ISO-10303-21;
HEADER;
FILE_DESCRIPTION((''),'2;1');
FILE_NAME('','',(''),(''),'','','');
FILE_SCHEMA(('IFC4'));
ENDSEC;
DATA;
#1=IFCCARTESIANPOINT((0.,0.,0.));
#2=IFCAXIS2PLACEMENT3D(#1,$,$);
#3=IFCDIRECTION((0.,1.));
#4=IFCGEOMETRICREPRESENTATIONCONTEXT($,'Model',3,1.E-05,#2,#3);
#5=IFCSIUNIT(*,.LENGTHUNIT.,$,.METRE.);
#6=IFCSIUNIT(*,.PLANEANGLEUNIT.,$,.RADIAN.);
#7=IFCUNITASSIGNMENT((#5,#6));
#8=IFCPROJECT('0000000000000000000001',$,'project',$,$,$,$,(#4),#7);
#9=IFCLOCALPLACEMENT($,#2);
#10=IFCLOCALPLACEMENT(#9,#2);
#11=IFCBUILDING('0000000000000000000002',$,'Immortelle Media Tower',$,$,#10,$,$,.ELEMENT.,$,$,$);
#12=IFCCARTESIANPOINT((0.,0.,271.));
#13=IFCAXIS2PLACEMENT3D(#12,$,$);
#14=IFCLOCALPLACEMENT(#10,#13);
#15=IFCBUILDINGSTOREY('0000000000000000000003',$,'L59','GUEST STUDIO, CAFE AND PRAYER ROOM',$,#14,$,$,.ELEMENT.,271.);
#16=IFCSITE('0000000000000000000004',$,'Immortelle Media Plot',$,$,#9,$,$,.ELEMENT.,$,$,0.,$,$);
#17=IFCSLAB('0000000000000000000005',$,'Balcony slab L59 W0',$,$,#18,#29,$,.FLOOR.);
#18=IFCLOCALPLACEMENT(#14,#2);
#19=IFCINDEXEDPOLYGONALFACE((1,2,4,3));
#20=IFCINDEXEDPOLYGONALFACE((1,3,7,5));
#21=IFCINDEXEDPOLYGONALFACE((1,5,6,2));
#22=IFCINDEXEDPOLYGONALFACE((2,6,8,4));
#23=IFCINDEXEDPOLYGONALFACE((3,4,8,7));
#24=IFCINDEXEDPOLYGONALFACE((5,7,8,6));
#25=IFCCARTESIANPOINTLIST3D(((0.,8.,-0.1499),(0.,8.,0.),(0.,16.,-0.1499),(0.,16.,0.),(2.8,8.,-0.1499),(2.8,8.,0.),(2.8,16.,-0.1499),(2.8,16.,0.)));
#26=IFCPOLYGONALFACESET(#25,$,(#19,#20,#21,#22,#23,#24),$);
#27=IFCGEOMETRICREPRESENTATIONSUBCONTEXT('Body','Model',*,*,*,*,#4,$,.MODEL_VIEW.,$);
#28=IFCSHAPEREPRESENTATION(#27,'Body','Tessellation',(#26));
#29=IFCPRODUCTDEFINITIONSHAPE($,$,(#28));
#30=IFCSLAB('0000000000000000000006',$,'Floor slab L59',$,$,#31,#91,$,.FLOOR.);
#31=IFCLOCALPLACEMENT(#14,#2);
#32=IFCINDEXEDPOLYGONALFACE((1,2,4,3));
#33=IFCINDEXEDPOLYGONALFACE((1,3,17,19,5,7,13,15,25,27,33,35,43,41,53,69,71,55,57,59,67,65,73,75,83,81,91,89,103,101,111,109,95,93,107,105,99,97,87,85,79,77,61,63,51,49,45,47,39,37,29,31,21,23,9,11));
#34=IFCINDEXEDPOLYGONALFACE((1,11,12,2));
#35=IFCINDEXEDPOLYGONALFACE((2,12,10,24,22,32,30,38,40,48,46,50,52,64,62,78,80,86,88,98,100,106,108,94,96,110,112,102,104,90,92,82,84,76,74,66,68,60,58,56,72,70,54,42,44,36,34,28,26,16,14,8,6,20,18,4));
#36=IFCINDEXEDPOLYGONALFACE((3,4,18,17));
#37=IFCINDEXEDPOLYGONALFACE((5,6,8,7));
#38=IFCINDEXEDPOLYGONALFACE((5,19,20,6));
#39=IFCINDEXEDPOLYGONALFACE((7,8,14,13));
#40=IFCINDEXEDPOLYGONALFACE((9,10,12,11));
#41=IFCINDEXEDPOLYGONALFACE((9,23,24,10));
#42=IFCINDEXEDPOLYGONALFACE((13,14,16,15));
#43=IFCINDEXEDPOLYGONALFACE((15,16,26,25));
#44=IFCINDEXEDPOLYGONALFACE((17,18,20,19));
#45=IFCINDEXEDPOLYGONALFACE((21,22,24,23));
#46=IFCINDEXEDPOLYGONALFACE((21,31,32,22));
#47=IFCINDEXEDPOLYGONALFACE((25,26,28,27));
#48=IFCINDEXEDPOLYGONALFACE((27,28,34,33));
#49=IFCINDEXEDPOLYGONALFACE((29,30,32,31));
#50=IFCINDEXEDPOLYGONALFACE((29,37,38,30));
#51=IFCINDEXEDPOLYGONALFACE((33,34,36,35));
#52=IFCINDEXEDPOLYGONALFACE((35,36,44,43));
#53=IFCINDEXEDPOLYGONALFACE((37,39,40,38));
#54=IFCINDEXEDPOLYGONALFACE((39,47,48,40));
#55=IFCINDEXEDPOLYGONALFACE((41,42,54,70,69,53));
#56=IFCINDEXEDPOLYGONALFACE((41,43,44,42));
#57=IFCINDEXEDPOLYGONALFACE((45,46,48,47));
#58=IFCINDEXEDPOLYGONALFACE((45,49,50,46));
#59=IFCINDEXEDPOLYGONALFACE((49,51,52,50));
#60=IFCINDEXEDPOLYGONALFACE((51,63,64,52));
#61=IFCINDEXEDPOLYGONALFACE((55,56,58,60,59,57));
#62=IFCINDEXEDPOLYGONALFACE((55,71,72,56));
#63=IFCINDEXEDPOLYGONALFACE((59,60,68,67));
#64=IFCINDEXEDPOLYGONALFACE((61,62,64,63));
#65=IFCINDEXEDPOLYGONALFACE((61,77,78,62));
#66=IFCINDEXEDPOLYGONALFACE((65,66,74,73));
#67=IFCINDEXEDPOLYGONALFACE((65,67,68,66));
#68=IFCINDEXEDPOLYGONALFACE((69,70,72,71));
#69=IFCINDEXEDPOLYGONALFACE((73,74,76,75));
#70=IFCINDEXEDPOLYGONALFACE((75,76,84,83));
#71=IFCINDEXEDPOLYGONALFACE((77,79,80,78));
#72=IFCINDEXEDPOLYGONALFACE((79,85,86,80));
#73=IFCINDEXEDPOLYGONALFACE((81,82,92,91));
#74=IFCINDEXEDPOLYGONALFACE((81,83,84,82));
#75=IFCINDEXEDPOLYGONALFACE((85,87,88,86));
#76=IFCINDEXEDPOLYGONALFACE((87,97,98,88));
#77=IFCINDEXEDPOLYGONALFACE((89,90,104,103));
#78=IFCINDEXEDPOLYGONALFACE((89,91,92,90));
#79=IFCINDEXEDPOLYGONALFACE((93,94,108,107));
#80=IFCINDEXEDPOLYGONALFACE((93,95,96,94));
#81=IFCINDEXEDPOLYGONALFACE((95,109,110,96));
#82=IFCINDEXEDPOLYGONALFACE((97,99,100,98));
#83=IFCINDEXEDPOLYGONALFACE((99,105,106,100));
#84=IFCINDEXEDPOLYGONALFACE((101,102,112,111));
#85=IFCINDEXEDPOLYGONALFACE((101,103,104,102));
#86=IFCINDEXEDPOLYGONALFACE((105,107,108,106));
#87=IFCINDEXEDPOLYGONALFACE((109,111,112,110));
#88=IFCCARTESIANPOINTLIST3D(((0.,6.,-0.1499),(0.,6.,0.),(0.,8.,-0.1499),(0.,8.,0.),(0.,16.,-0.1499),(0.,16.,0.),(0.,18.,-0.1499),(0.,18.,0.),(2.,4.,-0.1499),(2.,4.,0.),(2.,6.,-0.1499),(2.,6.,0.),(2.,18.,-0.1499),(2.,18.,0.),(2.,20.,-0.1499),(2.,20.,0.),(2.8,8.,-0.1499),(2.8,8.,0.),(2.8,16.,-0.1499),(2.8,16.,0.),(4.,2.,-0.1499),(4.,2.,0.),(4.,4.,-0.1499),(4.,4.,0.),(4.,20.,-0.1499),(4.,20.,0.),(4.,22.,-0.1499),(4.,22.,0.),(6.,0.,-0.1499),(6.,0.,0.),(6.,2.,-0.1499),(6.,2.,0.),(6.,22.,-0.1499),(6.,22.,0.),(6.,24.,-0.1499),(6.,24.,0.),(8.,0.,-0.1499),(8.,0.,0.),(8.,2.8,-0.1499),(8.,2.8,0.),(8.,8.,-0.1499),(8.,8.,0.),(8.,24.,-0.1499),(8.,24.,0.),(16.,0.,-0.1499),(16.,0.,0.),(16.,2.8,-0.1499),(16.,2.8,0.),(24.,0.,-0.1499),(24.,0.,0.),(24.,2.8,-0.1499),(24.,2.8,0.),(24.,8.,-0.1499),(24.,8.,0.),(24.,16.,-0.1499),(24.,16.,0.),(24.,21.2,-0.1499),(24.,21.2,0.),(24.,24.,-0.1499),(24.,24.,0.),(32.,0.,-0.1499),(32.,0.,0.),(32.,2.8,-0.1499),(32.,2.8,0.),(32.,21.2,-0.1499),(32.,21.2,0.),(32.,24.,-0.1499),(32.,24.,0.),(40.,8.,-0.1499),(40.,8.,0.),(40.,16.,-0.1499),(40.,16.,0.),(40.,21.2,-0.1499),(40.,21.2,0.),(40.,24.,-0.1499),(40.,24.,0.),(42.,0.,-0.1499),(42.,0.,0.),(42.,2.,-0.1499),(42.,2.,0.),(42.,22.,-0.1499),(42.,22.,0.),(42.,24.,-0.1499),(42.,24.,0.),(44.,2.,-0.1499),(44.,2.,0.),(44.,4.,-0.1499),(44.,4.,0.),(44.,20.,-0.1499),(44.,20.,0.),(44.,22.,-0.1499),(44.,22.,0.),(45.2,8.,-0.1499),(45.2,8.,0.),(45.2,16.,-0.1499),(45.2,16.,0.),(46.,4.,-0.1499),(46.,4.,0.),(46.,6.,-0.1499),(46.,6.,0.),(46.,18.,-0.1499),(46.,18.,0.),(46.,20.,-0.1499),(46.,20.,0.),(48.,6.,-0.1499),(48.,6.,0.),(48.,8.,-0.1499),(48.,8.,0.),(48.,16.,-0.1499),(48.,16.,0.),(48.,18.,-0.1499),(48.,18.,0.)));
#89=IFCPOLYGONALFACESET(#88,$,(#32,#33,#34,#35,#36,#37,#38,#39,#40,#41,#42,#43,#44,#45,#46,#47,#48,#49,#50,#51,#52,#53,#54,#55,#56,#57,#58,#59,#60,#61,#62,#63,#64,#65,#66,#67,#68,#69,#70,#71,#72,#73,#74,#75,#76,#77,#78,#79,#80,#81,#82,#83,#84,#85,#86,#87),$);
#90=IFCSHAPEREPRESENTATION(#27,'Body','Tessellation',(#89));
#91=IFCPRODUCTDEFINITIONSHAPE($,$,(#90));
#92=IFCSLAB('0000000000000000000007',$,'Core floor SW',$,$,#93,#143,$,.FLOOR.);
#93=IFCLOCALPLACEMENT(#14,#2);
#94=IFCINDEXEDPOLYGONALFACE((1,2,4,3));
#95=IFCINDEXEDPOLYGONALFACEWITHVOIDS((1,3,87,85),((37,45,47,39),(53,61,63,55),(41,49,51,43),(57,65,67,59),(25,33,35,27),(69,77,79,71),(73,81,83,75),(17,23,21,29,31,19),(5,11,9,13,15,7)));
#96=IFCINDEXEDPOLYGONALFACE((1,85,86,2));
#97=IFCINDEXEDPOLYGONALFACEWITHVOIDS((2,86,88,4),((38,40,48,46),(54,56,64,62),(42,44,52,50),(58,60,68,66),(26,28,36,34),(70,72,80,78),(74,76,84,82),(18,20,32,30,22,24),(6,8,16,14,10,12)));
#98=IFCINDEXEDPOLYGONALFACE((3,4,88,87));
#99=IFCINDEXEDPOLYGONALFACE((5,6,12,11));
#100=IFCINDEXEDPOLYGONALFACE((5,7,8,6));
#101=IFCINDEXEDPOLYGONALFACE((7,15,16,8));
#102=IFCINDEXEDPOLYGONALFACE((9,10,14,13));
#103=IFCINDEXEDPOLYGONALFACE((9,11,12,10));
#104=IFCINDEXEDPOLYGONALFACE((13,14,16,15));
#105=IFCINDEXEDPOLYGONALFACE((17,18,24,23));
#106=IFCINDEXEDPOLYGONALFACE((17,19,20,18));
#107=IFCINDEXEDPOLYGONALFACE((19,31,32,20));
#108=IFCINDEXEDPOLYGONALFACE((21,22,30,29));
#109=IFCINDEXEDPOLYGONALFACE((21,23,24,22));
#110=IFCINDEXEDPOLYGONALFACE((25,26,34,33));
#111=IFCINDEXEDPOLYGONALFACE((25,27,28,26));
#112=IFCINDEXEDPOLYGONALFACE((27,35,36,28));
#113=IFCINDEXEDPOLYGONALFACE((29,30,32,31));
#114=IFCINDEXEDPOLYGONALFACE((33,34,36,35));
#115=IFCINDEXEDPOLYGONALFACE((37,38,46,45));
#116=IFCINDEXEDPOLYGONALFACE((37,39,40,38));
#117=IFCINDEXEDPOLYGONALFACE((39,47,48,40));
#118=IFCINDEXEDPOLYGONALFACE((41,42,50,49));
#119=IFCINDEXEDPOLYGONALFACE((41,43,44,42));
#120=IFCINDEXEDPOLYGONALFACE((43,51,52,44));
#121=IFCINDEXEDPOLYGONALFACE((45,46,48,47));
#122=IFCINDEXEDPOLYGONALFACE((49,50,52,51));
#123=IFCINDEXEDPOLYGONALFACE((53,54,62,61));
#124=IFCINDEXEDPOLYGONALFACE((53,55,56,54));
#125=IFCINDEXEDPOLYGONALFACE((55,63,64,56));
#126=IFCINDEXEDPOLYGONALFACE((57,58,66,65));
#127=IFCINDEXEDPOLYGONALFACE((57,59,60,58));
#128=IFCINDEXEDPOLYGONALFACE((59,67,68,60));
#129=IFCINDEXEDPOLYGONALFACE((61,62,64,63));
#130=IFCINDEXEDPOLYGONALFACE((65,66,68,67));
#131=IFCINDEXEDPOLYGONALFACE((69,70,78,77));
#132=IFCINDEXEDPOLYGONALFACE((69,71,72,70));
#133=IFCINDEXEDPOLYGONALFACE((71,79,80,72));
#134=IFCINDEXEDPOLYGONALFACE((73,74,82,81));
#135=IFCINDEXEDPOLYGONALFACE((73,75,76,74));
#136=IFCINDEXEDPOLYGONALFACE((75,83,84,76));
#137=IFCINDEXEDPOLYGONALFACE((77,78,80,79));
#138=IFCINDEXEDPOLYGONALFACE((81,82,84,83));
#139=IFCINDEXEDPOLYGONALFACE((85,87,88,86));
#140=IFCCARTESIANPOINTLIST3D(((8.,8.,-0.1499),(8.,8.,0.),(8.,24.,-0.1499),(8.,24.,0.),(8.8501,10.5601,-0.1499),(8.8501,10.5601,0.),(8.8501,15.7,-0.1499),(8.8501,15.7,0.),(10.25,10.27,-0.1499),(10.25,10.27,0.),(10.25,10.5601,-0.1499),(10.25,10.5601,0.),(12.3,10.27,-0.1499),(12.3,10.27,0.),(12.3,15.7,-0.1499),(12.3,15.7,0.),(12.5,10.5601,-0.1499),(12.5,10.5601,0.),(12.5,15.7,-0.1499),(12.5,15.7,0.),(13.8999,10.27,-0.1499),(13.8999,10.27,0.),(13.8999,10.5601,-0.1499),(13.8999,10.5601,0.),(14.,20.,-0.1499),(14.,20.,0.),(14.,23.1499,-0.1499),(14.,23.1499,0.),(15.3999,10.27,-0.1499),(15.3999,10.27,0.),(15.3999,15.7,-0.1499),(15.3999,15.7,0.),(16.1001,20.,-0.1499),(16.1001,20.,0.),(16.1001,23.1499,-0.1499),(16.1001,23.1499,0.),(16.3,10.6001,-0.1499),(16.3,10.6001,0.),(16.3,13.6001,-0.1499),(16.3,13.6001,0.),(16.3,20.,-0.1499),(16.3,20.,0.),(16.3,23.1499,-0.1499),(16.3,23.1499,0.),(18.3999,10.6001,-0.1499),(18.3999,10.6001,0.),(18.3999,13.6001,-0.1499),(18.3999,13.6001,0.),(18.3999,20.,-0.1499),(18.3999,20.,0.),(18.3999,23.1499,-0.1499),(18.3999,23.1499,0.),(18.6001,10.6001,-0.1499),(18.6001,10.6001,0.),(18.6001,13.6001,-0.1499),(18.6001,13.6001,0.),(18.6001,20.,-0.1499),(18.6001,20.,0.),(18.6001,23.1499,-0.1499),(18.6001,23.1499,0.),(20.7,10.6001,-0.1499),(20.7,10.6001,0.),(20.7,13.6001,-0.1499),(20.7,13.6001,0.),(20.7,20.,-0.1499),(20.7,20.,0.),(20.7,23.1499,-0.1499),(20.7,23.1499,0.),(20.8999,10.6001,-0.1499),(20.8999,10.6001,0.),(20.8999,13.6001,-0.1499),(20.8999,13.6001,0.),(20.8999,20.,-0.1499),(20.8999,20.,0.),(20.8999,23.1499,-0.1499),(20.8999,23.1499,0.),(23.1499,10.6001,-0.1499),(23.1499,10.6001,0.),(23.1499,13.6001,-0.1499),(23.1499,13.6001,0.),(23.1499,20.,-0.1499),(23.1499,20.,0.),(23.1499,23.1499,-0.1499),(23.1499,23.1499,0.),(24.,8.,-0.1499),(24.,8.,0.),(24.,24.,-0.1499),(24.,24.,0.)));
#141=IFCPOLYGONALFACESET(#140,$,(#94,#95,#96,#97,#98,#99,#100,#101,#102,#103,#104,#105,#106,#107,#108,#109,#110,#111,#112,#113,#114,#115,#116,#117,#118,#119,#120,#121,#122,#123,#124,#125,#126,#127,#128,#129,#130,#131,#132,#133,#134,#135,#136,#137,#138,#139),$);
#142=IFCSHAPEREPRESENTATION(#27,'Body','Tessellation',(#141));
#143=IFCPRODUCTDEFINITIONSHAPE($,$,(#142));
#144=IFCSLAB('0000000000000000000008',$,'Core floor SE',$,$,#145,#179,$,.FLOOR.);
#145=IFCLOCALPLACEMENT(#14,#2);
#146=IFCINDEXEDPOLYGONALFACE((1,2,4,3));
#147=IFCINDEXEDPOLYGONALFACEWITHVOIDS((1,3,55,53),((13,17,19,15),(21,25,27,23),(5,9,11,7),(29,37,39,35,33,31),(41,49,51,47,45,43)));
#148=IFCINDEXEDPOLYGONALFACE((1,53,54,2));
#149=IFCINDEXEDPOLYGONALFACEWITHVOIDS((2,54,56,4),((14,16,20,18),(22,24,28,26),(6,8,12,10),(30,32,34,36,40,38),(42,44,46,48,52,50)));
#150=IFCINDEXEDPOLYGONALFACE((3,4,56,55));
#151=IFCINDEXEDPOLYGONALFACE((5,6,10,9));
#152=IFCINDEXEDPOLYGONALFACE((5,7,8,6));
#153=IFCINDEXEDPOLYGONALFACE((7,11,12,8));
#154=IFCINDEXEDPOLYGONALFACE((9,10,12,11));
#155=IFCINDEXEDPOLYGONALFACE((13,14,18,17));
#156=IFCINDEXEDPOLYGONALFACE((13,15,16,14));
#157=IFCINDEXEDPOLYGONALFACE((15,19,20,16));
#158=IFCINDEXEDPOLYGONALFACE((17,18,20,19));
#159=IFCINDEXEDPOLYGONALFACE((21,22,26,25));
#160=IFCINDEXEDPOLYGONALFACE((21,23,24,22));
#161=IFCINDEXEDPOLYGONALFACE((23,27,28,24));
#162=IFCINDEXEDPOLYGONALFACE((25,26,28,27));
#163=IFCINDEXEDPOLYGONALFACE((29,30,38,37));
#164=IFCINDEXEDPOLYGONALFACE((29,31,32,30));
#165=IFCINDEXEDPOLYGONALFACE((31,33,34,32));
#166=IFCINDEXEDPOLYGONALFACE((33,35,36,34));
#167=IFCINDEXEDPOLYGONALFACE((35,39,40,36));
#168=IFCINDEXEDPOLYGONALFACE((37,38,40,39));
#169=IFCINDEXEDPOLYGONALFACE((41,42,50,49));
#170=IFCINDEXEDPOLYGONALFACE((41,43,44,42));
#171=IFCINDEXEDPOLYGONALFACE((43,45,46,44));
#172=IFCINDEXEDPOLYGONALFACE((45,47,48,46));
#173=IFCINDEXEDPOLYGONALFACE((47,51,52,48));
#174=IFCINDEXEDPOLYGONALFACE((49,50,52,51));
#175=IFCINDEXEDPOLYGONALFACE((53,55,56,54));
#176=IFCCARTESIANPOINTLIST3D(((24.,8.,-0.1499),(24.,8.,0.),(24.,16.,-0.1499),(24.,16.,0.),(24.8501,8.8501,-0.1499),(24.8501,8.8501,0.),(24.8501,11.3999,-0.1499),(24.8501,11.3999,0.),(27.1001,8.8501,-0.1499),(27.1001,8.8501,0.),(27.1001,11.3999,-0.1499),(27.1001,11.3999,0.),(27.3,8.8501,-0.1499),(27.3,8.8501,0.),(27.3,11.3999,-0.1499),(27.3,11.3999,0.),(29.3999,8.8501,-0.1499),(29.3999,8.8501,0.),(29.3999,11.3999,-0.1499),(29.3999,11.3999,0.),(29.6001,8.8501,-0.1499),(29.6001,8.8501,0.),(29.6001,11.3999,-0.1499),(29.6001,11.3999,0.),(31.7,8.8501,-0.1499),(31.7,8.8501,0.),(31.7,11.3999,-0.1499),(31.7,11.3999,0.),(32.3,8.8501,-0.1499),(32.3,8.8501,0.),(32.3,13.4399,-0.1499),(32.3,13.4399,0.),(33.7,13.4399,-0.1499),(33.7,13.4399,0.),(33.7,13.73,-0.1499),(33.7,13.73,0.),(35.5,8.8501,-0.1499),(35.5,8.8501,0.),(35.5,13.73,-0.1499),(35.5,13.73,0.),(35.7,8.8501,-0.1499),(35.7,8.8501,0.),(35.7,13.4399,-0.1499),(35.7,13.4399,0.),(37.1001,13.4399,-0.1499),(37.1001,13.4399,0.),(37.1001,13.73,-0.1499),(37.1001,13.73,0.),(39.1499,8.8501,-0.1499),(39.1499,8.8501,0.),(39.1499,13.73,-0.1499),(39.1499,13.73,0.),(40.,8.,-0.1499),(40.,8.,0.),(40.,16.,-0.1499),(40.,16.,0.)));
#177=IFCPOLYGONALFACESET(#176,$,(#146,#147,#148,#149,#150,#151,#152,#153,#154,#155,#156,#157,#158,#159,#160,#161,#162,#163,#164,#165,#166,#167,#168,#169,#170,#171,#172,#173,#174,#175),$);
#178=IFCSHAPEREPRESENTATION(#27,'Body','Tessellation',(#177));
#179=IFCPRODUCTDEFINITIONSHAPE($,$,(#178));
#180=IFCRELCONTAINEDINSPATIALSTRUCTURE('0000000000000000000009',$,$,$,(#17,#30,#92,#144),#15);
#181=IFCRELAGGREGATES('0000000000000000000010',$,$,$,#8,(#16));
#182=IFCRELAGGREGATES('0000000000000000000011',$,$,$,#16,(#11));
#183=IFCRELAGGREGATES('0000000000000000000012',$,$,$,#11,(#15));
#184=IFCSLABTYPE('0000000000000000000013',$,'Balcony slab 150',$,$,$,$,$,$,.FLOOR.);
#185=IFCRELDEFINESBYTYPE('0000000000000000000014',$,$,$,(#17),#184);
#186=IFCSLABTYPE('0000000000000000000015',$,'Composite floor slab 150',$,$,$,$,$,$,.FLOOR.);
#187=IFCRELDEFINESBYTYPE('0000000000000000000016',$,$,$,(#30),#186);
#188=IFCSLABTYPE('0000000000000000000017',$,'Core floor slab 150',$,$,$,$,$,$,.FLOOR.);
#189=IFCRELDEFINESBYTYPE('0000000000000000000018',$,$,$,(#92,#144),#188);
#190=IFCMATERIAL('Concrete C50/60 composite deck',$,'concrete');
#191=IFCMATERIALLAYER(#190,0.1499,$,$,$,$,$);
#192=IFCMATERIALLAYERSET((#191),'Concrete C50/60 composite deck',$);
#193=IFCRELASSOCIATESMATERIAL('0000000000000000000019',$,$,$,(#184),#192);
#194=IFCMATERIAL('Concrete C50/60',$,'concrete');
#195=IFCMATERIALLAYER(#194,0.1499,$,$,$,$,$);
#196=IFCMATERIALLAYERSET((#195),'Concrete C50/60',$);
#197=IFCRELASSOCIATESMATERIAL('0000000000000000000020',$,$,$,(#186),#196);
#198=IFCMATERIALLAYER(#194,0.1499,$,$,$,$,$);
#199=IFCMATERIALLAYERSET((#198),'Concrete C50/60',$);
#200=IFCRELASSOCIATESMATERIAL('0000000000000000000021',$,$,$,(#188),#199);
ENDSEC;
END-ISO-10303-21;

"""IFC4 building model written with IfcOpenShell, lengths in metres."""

from ifc_helpers import new_model, si_unit, direction, frame, origin, place, context, subcontext, project, spatial, polyline, outline, extrude, material, layer, layer_set, type_object, element, save


model = new_model("IFC4")

# Units and contexts
model_context = context("Model", 3, precision=1e-05, world=origin(), true_north=direction((0.0, 1.0)))
body_context = subcontext(model_context, "Body", "Model", "MODEL_VIEW")
ifc_project = project(units=[si_unit("LENGTHUNIT", "METRE"), si_unit("PLANEANGLEUNIT", "RADIAN")], contexts=[model_context])

# Site, building, storey
site_placement = place(None, origin())
site = spatial("IfcSite", under=ifc_project, at=site_placement, Name="Immortelle Media Plot", CompositionType="ELEMENT", RefElevation=0.0)
building_placement = place(site_placement, origin())
building = spatial("IfcBuilding", under=site, at=building_placement, Name="Immortelle Media Tower", CompositionType="ELEMENT")
storey_placement = place(building_placement, frame((0.0, 0.0, 271.0)))
storey = spatial("IfcBuildingStorey", under=building, at=storey_placement, Name="L59", Description="GUEST STUDIO, CAFE AND PRAYER ROOM", CompositionType="ELEMENT", Elevation=271.0)

# Slabs
ifc_material_1 = material(Name="Concrete C50/60 composite deck", Category="concrete")
ifc_layer_1 = layer(ifc_material_1, 0.1499)
ifc_layer_set_1 = layer_set([ifc_layer_1], Name="Concrete C50/60 composite deck")
slab_type_1 = type_object("IfcSlabType", Name="Balcony slab 150", PredefinedType="FLOOR", material=ifc_layer_set_1)
slab_1_placement = place(storey_placement, frame((0.0, 0.0, -0.1499)))
element("IfcSlab", 1, at=slab_1_placement, inside=storey, type_object=slab_type_1, Name="Balcony slab L59 W0", PredefinedType="FLOOR", context=body_context, shape_type="SweptSolid", body=[
    extrude(outline(polyline([(2.8, 8.0), (2.8, 16.0), (0.0, 16.0), (0.0, 8.0), (2.8, 8.0)])), origin(), (0.0, 0.0, 1.0), 0.1499),
])
ifc_material_2 = material(Name="Concrete C50/60", Category="concrete")
ifc_layer_2 = layer(ifc_material_2, 0.1499)
ifc_layer_set_2 = layer_set([ifc_layer_2], Name="Concrete C50/60")
slab_type_2 = type_object("IfcSlabType", Name="Composite floor slab 150", PredefinedType="FLOOR", material=ifc_layer_set_2)
slab_2_placement = place(storey_placement, frame((0.0, 0.0, -0.1499)))
element("IfcSlab", 2, at=slab_2_placement, inside=storey, type_object=slab_type_2, Name="Floor slab L59", PredefinedType="FLOOR", context=body_context, shape_type="SweptSolid", body=[
    extrude(outline(polyline([(6.0, 0.0), (6.0, 2.0), (4.0, 2.0), (4.0, 4.0), (2.0, 4.0), (2.0, 6.0), (0.0, 6.0), (0.0, 8.0), (2.8, 8.0), (2.8, 16.0), (0.0, 16.0), (0.0, 18.0), (2.0, 18.0), (2.0, 20.0), (4.0, 20.0), (4.0, 22.0), (6.0, 22.0), (6.0, 24.0), (8.0, 24.0), (8.0, 8.0), (24.0, 8.0), (40.0, 8.0), (40.0, 16.0), (24.0, 16.0), (24.0, 21.2), (24.0, 24.0), (32.0, 24.0), (32.0, 21.2), (40.0, 21.2), (40.0, 24.0), (42.0, 24.0), (42.0, 22.0), (44.0, 22.0), (44.0, 20.0), (46.0, 20.0), (46.0, 18.0), (48.0, 18.0), (48.0, 16.0), (45.2, 16.0), (45.2, 8.0), (48.0, 8.0), (48.0, 6.0), (46.0, 6.0), (46.0, 4.0), (44.0, 4.0), (44.0, 2.0), (42.0, 2.0), (42.0, 0.0), (32.0, 0.0), (32.0, 2.8), (24.0, 2.8), (24.0, 0.0), (16.0, 0.0), (16.0, 2.8), (8.0, 2.8), (8.0, 0.0), (6.0, 0.0)])), origin(), (0.0, 0.0, 1.0), 0.1499),
])
ifc_layer_3 = layer(ifc_material_2, 0.1499)
ifc_layer_set_3 = layer_set([ifc_layer_3], Name="Concrete C50/60")
slab_type_3 = type_object("IfcSlabType", Name="Core floor slab 150", PredefinedType="FLOOR", material=ifc_layer_set_3)
slab_3_placement = place(storey_placement, frame((0.0, 0.0, -0.1499)))
element("IfcSlab", 3, at=slab_3_placement, inside=storey, type_object=slab_type_3, Name="Core floor SW", PredefinedType="FLOOR", context=body_context, shape_type="SweptSolid", body=[
    extrude(outline(polyline([(8.0, 8.0), (24.0, 8.0), (24.0, 24.0), (8.0, 24.0), (8.0, 8.0)]), holes=[polyline([(14.0, 20.0), (16.1001, 20.0), (16.1001, 23.1499), (14.0, 23.1499), (14.0, 20.0)]), polyline([(16.3, 20.0), (18.3999, 20.0), (18.3999, 23.1499), (16.3, 23.1499), (16.3, 20.0)]), polyline([(18.6001, 20.0), (20.7, 20.0), (20.7, 23.1499), (18.6001, 23.1499), (18.6001, 20.0)]), polyline([(20.8999, 20.0), (23.1499, 20.0), (23.1499, 23.1499), (20.8999, 23.1499), (20.8999, 20.0)]), polyline([(16.3, 10.6001), (18.3999, 10.6001), (18.3999, 13.6001), (16.3, 13.6001), (16.3, 10.6001)]), polyline([(18.6001, 10.6001), (20.7, 10.6001), (20.7, 13.6001), (18.6001, 13.6001), (18.6001, 10.6001)]), polyline([(20.8999, 10.6001), (23.1499, 10.6001), (23.1499, 13.6001), (20.8999, 13.6001), (20.8999, 10.6001)]), polyline([(8.8501, 15.7), (12.3, 15.7), (12.3, 10.27), (10.25, 10.27), (10.25, 10.5601), (8.8501, 10.5601), (8.8501, 15.7)]), polyline([(12.5, 15.7), (15.3999, 15.7), (15.3999, 10.27), (13.8999, 10.27), (13.8999, 10.5601), (12.5, 10.5601), (12.5, 15.7)])]), origin(), (0.0, 0.0, 1.0), 0.1499),
])
slab_4_placement = place(storey_placement, frame((0.0, 0.0, -0.1499)))
element("IfcSlab", 4, at=slab_4_placement, inside=storey, type_object=slab_type_3, Name="Core floor SE", PredefinedType="FLOOR", context=body_context, shape_type="SweptSolid", body=[
    extrude(outline(polyline([(24.0, 8.0), (40.0, 8.0), (40.0, 16.0), (24.0, 16.0), (24.0, 8.0)]), holes=[polyline([(24.8501, 8.8501), (27.1001, 8.8501), (27.1001, 11.3999), (24.8501, 11.3999), (24.8501, 8.8501)]), polyline([(27.3, 8.8501), (29.3999, 8.8501), (29.3999, 11.3999), (27.3, 11.3999), (27.3, 8.8501)]), polyline([(29.6001, 8.8501), (31.7, 8.8501), (31.7, 11.3999), (29.6001, 11.3999), (29.6001, 8.8501)]), polyline([(35.5, 13.73), (35.5, 8.8501), (32.3, 8.8501), (32.3, 13.4399), (33.7, 13.4399), (33.7, 13.73), (35.5, 13.73)]), polyline([(39.1499, 13.73), (39.1499, 8.8501), (35.7, 8.8501), (35.7, 13.4399), (37.1001, 13.4399), (37.1001, 13.73), (39.1499, 13.73)])]), origin(), (0.0, 0.0, 1.0), 0.1499),
])

save(model, "model.ifc")
